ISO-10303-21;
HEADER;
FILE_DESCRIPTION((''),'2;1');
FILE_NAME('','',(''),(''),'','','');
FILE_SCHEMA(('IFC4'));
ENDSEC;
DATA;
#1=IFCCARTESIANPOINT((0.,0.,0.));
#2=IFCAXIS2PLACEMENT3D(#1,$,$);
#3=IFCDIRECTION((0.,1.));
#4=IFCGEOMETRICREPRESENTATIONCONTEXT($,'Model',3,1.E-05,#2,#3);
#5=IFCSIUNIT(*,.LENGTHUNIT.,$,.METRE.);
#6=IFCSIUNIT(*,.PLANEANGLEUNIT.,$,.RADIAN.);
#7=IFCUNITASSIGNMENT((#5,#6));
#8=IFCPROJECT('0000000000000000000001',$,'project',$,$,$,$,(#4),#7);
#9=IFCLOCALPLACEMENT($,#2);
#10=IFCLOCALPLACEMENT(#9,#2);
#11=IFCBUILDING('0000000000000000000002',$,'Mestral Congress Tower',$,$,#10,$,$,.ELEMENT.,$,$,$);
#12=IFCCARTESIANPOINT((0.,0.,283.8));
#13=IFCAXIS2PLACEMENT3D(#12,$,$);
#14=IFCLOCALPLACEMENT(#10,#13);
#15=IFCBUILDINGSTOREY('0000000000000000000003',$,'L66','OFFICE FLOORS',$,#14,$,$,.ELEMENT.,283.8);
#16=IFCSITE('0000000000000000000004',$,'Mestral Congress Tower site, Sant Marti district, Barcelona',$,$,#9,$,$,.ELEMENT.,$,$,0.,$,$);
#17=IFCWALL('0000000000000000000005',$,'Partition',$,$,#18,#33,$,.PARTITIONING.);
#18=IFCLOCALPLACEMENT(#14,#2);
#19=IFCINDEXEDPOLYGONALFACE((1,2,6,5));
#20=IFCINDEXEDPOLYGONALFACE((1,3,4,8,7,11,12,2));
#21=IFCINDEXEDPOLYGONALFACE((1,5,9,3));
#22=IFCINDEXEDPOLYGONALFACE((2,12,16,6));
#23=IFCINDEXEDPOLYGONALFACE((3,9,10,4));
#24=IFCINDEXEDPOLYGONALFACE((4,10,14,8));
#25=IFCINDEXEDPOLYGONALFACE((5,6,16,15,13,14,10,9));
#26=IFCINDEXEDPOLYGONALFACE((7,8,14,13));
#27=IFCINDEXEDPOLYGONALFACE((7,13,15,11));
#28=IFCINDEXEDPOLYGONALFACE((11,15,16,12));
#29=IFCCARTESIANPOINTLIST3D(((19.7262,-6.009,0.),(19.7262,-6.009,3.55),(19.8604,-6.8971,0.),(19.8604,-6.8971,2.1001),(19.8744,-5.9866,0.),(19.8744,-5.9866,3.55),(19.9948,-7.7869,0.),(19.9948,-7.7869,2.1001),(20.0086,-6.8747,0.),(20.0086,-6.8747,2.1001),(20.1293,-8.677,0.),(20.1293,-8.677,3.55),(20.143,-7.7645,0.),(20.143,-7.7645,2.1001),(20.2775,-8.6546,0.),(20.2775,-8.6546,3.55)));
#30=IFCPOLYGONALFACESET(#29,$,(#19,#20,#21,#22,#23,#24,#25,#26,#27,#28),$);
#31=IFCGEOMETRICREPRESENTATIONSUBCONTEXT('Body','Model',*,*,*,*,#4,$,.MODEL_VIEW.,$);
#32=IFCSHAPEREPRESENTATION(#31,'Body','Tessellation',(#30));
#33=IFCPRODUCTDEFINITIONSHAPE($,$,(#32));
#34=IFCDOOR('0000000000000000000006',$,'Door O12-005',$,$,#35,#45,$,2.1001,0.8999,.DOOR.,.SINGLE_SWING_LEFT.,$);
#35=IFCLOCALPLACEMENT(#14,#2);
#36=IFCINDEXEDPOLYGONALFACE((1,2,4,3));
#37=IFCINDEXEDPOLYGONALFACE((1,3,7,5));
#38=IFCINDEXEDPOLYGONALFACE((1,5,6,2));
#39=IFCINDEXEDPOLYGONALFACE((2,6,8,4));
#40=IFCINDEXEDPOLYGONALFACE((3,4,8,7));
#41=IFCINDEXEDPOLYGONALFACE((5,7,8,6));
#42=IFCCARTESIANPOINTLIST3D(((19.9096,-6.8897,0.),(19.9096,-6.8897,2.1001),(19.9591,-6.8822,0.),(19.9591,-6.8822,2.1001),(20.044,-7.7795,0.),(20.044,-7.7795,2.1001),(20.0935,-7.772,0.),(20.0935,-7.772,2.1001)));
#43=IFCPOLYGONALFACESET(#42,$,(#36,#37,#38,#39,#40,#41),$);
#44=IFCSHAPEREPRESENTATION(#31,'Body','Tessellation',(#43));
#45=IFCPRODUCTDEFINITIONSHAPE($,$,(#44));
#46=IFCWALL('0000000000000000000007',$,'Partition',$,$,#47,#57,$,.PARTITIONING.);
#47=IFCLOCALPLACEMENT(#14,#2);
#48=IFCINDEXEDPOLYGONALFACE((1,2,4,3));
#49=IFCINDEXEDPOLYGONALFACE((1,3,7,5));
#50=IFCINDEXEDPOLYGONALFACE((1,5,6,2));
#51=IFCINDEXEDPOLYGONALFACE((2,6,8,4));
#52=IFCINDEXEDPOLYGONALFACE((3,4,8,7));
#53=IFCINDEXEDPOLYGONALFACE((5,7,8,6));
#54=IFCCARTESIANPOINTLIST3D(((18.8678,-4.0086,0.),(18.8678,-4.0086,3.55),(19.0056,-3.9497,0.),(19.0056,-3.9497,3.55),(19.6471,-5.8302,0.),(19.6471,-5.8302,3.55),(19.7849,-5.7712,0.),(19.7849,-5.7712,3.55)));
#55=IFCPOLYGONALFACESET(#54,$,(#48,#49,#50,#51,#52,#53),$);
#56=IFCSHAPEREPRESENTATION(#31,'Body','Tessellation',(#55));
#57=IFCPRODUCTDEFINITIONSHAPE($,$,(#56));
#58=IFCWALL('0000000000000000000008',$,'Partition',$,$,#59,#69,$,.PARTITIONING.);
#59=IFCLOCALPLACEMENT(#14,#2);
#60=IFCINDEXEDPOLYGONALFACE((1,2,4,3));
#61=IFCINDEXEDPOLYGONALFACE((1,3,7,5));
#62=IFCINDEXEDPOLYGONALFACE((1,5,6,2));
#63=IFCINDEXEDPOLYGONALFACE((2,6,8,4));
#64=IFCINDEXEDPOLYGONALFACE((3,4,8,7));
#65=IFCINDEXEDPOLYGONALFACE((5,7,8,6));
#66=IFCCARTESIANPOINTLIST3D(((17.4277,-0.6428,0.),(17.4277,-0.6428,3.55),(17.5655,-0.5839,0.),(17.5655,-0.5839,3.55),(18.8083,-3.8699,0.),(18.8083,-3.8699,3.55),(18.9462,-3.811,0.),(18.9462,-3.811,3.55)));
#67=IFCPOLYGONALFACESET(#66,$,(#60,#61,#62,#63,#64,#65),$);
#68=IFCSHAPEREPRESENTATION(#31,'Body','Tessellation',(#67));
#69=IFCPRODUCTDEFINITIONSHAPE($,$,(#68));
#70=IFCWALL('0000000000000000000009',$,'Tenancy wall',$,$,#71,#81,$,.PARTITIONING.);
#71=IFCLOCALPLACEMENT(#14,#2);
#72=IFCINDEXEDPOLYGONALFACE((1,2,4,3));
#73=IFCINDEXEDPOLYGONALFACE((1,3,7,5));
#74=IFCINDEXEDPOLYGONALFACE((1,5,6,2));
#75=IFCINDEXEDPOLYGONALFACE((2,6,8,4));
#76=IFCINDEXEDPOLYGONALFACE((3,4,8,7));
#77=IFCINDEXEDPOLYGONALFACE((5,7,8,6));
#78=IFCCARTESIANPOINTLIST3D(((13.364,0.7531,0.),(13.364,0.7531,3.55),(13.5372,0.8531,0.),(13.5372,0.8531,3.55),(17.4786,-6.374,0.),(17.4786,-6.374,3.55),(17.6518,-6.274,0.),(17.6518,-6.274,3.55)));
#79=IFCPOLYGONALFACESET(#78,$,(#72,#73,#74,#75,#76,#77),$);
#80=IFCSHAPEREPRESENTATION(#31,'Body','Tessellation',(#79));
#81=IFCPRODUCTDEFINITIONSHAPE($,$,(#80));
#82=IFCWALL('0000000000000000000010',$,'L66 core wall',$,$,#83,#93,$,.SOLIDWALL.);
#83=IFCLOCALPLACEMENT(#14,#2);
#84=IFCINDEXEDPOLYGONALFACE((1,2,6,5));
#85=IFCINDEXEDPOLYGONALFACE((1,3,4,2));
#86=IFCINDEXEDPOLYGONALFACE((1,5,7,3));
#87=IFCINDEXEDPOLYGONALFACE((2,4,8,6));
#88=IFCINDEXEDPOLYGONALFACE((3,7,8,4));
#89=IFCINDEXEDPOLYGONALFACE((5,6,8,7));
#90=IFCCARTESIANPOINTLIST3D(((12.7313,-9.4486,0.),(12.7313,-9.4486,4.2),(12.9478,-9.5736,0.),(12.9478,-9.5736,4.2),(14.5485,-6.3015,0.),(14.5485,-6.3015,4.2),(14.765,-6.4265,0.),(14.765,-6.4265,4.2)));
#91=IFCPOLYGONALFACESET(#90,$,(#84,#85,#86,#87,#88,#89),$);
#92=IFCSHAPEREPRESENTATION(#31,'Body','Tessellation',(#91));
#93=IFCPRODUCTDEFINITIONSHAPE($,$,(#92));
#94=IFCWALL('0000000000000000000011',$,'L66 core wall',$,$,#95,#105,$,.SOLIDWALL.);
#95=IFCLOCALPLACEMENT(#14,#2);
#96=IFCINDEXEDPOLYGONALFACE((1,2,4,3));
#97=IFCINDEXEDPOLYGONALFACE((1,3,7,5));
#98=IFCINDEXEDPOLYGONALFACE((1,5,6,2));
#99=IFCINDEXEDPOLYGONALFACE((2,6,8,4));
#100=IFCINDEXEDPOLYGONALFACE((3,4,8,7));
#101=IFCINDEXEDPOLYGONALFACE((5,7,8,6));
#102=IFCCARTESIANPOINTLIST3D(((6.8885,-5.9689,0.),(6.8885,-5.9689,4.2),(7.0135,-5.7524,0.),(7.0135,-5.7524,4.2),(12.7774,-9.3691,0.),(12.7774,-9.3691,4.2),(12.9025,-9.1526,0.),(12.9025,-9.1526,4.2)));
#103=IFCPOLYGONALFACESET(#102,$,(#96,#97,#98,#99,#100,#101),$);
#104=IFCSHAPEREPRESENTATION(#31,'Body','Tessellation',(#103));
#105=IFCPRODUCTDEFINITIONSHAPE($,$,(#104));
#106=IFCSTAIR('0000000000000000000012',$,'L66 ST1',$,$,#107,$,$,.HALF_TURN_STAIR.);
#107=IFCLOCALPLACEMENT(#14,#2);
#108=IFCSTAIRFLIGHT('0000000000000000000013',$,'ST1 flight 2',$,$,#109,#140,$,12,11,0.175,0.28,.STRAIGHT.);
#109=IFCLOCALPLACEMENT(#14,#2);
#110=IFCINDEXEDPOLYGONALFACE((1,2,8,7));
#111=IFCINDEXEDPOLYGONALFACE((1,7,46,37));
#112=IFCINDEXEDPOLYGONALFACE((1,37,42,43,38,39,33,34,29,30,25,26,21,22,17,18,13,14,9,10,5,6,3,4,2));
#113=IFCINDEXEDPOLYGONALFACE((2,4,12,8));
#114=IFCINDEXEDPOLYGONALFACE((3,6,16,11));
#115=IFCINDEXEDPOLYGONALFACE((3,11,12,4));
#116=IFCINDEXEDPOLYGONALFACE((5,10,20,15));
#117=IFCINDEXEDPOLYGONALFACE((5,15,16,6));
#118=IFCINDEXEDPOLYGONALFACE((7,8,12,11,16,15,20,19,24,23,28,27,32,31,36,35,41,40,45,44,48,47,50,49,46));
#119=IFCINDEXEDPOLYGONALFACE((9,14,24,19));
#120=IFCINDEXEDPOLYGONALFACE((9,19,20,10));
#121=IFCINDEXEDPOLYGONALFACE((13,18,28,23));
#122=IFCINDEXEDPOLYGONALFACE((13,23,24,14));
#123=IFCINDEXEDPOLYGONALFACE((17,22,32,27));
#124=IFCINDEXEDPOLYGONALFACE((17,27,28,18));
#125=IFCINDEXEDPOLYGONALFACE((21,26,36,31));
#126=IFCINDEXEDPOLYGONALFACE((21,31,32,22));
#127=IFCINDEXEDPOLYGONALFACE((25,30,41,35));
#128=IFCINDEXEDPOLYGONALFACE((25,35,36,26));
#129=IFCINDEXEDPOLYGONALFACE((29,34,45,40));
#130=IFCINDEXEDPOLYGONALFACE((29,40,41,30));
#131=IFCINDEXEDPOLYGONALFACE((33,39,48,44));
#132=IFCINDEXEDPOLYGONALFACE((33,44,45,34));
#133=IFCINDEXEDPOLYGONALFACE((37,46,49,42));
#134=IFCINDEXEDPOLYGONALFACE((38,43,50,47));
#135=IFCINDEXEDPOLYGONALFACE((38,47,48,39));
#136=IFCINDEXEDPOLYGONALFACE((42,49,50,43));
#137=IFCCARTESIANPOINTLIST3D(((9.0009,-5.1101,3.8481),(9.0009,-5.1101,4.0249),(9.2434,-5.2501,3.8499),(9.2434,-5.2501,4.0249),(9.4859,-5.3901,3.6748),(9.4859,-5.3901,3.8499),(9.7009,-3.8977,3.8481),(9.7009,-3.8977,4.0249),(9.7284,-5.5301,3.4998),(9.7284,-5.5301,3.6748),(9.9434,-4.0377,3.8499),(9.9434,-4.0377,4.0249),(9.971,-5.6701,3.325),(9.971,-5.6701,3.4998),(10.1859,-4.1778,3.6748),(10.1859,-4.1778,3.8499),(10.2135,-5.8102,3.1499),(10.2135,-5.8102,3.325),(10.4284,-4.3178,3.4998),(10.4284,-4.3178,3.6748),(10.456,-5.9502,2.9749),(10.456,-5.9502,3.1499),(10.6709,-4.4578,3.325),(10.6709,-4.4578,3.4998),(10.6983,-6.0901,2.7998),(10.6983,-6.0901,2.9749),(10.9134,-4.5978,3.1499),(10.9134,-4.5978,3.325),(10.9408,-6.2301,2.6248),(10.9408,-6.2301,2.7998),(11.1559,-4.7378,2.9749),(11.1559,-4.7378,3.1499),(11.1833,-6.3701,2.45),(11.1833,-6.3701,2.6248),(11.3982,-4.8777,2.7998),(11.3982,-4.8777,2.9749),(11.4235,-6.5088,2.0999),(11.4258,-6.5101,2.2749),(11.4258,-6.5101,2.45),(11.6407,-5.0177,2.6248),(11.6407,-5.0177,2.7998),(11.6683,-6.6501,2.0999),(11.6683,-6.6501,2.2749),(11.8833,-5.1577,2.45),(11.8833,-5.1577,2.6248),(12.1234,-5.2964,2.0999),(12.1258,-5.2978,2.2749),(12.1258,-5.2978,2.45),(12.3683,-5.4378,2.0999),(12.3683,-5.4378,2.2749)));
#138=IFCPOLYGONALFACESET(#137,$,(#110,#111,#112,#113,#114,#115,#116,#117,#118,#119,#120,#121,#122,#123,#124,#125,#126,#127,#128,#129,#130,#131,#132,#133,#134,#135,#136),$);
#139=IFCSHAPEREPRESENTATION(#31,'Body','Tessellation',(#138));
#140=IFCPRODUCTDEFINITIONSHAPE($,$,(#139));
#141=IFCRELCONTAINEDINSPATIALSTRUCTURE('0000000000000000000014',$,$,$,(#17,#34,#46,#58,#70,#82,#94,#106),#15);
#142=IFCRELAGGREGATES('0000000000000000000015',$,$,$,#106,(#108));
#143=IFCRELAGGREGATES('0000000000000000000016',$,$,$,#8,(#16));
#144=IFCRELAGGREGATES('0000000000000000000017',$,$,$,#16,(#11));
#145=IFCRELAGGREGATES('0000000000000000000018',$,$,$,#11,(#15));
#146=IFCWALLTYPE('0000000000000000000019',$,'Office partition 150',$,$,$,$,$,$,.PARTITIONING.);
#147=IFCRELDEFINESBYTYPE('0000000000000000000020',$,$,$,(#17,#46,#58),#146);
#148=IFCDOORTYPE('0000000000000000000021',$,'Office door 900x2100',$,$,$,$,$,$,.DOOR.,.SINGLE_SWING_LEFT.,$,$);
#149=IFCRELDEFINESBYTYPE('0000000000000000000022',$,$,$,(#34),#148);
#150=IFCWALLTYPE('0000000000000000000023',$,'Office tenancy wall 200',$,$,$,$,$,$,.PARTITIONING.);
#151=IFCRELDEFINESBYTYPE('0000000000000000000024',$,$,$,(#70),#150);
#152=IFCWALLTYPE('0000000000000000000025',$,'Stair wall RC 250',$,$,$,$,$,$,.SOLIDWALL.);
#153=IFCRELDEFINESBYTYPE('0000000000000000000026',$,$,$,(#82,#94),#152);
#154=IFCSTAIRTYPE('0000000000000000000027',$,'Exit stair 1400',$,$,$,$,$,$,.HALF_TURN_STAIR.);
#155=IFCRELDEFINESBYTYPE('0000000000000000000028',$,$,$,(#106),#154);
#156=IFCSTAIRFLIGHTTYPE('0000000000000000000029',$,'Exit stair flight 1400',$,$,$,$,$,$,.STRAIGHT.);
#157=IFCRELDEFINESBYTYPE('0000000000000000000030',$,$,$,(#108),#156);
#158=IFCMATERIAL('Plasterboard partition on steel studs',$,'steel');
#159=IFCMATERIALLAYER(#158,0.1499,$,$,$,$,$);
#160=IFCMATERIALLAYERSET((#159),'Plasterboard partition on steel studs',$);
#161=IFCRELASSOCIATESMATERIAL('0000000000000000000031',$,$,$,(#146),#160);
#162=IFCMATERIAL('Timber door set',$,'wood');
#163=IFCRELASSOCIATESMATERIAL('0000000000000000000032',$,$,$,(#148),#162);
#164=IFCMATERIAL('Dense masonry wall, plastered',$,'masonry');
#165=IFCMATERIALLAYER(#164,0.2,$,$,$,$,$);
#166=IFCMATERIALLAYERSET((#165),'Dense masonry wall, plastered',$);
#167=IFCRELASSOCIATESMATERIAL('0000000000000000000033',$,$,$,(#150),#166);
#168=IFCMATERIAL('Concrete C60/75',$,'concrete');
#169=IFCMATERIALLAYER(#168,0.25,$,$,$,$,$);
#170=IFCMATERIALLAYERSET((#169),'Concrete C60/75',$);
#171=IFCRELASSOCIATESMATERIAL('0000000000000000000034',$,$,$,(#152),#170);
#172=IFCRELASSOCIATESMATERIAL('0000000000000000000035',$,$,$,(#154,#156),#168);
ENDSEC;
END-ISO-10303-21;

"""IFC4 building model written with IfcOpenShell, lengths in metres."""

from ifc_helpers import new_model, si_unit, direction, frame, frame_2d, origin, place, context, subcontext, project, spatial, polyline, rectangle, outline, extrude, material, layer, layer_set, type_object, element, fill, aggregate, save


model = new_model("IFC4")

# Units and contexts
model_context = context("Model", 3, precision=1e-05, world=origin(), true_north=direction((0.0, 1.0)))
body_context = subcontext(model_context, "Body", "Model", "MODEL_VIEW")
ifc_project = project(units=[si_unit("LENGTHUNIT", "METRE"), si_unit("PLANEANGLEUNIT", "RADIAN")], contexts=[model_context])

# Site, building, storey
site_placement = place(None, origin())
site = spatial("IfcSite", under=ifc_project, at=site_placement, Name="Mestral Congress Tower site, Sant Marti district, Barcelona", CompositionType="ELEMENT", RefElevation=0.0)
building_placement = place(site_placement, origin())
building = spatial("IfcBuilding", under=site, at=building_placement, Name="Mestral Congress Tower", CompositionType="ELEMENT")
storey_placement = place(building_placement, frame((0.0, 0.0, 283.8)))
storey = spatial("IfcBuildingStorey", under=building, at=storey_placement, Name="L66", Description="OFFICE FLOORS", CompositionType="ELEMENT", Elevation=283.8)

# Shared definitions
ifc_material_1 = material(Name="Concrete C60/75", Category="concrete")

# Shared definitions
ifc_material_2 = material(Name="Plasterboard partition on steel studs", Category="steel")
ifc_layer_1 = layer(ifc_material_2, 0.1499)
ifc_layer_set_1 = layer_set([ifc_layer_1], Name="Plasterboard partition on steel studs")
wall_type_1 = type_object("IfcWallType", Name="Office partition 150", PredefinedType="PARTITIONING", material=ifc_layer_set_1)

# Wall, opening, door
wall_1_placement = place(storey_placement, frame((19.8003, -5.9978, 0.0), z_axis=(0.0, 0.0, 1.0), x_axis=(0.149385, -0.988779, 0.0)))
wall_1 = element("IfcWall", 1, at=wall_1_placement, inside=storey, type_object=wall_type_1, Name="Partition", PredefinedType="PARTITIONING", context=body_context, shape_type="SweptSolid", body=[
    extrude(rectangle(XDim=2.6982, YDim=0.1499, at=frame_2d((1.3491, 0.0))), origin(), (0.0, 0.0, 1.0), 3.55),
])
opening_1_placement = place(wall_1_placement, frame((0.8982, 0.0, 0.0)))
opening_1 = element("IfcOpeningElement", 2, at=opening_1_placement, cuts=wall_1, PredefinedType="OPENING", context=body_context, shape_type="SweptSolid", body=[
    extrude(rectangle(XDim=0.8999, YDim=2.1001, at=frame_2d((0.45, 1.05))), frame((0.0, 0.085, 0.0), z_axis=(0.0, -1.0, 0.0), x_axis=(1.0, 0.0, 0.0)), (0.0, 0.0, 1.0), 0.1699),
])
ifc_material_3 = material(Name="Timber door set", Category="wood")
door_type = type_object("IfcDoorType", Name="Office door 900x2100", OperationType="SINGLE_SWING_LEFT", PredefinedType="DOOR", material=ifc_material_3)
door_placement = place(opening_1_placement, origin())
door = element("IfcDoor", 3, at=door_placement, inside=storey, type_object=door_type, Name="Door O12-005", OperationType="SINGLE_SWING_LEFT", OverallHeight=2.1001, OverallWidth=0.8999, PredefinedType="DOOR", context=body_context, shape_type="SweptSolid", body=[
    extrude(rectangle(XDim=0.8999, YDim=2.1001, at=frame_2d((0.45, 1.05))), frame((0.0, 0.0249, 0.0), z_axis=(0.0, -1.0, 0.0), x_axis=(1.0, 0.0, 0.0)), (0.0, 0.0, 1.0), 0.05),
])
fill(opening_1, door)

# Walls
wall_2_placement = place(storey_placement, frame((19.7161, -5.8008, 0.0), z_axis=(0.0, 0.0, 1.0), x_axis=(-0.393339, 0.919393, 0.0)))
element("IfcWall", 4, at=wall_2_placement, inside=storey, type_object=wall_type_1, Name="Partition", PredefinedType="PARTITIONING", context=body_context, shape_type="SweptSolid", body=[
    extrude(rectangle(XDim=1.9812, YDim=0.1499, at=frame_2d((0.9907, 0.0))), origin(), (0.0, 0.0, 1.0), 3.55),
])
wall_3_placement = place(storey_placement, frame((18.8772, -3.8403, 0.0), z_axis=(0.0, 0.0, 1.0), x_axis=(-0.39334, 0.919393, 0.0)))
element("IfcWall", 5, at=wall_3_placement, inside=storey, type_object=wall_type_1, Name="Partition", PredefinedType="PARTITIONING", context=body_context, shape_type="SweptSolid", body=[
    extrude(rectangle(XDim=3.51, YDim=0.1499, at=frame_2d((1.7549, 0.0))), origin(), (0.0, 0.0, 1.0), 3.55),
])
ifc_material_4 = material(Name="Dense masonry wall, plastered", Category="masonry")
ifc_layer_2 = layer(ifc_material_4, 0.2)
ifc_layer_set_2 = layer_set([ifc_layer_2], Name="Dense masonry wall, plastered")
wall_type_2 = type_object("IfcWallType", Name="Office tenancy wall 200", PredefinedType="PARTITIONING", material=ifc_layer_set_2)
wall_4_placement = place(storey_placement, frame((17.5652, -6.324, 0.0), z_axis=(0.0, 0.0, 1.0), x_axis=(-0.499978, 0.866038, 0.0)))
element("IfcWall", 6, at=wall_4_placement, inside=storey, type_object=wall_type_2, Name="Tenancy wall", PredefinedType="PARTITIONING", context=body_context, shape_type="SweptSolid", body=[
    extrude(rectangle(XDim=8.2295, YDim=0.2, at=frame_2d((4.1147, 0.0))), origin(), (0.0, 0.0, 1.0), 3.55),
])
ifc_layer_3 = layer(ifc_material_1, 0.25)
ifc_layer_set_3 = layer_set([ifc_layer_3], Name="Concrete C60/75")
wall_type_3 = type_object("IfcWallType", Name="Stair wall RC 250", PredefinedType="SOLIDWALL", material=ifc_layer_set_3)
wall_5_placement = place(storey_placement, frame((12.8396, -9.511, 0.0), z_axis=(0.0, 0.0, 1.0), x_axis=(0.500048, 0.865998, 0.0)))
element("IfcWall", 7, at=wall_5_placement, inside=storey, type_object=wall_type_3, Name="L66 core wall", PredefinedType="SOLIDWALL", context=body_context, shape_type="SweptSolid", body=[
    extrude(rectangle(XDim=3.634, YDim=0.25, at=frame_2d((1.8169, 0.0))), origin(), (0.0, 0.0, 1.0), 4.2),
])
wall_6_placement = place(storey_placement, frame((12.8398, -9.2607, 0.0), z_axis=(0.0, 0.0, 1.0), x_axis=(-0.866014, 0.50002, 0.0)))
element("IfcWall", 8, at=wall_6_placement, inside=storey, type_object=wall_type_3, Name="L66 core wall", PredefinedType="SOLIDWALL", context=body_context, shape_type="SweptSolid", body=[
    extrude(rectangle(XDim=6.8, YDim=0.25, at=frame_2d((3.3999, 0.0))), origin(), (0.0, 0.0, 1.0), 4.2),
])

# Stair, stair flight
stair_type = type_object("IfcStairType", Name="Exit stair 1400", PredefinedType="HALF_TURN_STAIR", material=ifc_material_1)
stair_placement = place(storey_placement, origin())
stair = element("IfcStair", 9, at=stair_placement, inside=storey, type_object=stair_type, Name="L66 ST1", PredefinedType="HALF_TURN_STAIR")
stair_flight_type = type_object("IfcStairFlightType", Name="Exit stair flight 1400", PredefinedType="STRAIGHT", material=ifc_material_1)
stair_flight_placement = place(storey_placement, frame((12.0183, -6.0439, 2.0999), z_axis=(0.0, 0.0, 1.0), x_axis=(-0.866025, 0.5, 0.0)))
stair_flight = element("IfcStairFlight", 10, at=stair_flight_placement, type_object=stair_flight_type, Name="ST1 flight 2", NumberOfRisers=12, NumberOfTreads=11, PredefinedType="STRAIGHT", RiserHeight=0.175, TreadLength=0.28, context=body_context, shape_type="SweptSolid", body=[
    extrude(outline(polyline([(0.0, 0.0), (0.0, 0.175), (0.28, 0.175), (0.28, 0.3501), (0.5601, 0.3501), (0.5601, 0.5249), (0.8401, 0.5249), (0.8401, 0.7), (1.1201, 0.7), (1.1201, 0.875), (1.3999, 0.875), (1.3999, 1.05), (1.6799, 1.05), (1.6799, 1.2251), (1.96, 1.2251), (1.96, 1.3999), (2.24, 1.3999), (2.24, 1.575), (2.52, 1.575), (2.52, 1.75), (2.8, 1.75), (2.8, 1.925), (3.0801, 1.925), (3.0801, 2.1001), (3.0801, 1.7483), (0.2827, 0.0), (0.0, 0.0)])), frame((0.0, 0.7, 0.0), z_axis=(0.0, -1.0, 0.0), x_axis=(1.0, 0.0, 0.0)), (0.0, 0.0, 1.0), 1.3999),
])
aggregate(stair, [stair_flight])

save(model, "model.ifc")
